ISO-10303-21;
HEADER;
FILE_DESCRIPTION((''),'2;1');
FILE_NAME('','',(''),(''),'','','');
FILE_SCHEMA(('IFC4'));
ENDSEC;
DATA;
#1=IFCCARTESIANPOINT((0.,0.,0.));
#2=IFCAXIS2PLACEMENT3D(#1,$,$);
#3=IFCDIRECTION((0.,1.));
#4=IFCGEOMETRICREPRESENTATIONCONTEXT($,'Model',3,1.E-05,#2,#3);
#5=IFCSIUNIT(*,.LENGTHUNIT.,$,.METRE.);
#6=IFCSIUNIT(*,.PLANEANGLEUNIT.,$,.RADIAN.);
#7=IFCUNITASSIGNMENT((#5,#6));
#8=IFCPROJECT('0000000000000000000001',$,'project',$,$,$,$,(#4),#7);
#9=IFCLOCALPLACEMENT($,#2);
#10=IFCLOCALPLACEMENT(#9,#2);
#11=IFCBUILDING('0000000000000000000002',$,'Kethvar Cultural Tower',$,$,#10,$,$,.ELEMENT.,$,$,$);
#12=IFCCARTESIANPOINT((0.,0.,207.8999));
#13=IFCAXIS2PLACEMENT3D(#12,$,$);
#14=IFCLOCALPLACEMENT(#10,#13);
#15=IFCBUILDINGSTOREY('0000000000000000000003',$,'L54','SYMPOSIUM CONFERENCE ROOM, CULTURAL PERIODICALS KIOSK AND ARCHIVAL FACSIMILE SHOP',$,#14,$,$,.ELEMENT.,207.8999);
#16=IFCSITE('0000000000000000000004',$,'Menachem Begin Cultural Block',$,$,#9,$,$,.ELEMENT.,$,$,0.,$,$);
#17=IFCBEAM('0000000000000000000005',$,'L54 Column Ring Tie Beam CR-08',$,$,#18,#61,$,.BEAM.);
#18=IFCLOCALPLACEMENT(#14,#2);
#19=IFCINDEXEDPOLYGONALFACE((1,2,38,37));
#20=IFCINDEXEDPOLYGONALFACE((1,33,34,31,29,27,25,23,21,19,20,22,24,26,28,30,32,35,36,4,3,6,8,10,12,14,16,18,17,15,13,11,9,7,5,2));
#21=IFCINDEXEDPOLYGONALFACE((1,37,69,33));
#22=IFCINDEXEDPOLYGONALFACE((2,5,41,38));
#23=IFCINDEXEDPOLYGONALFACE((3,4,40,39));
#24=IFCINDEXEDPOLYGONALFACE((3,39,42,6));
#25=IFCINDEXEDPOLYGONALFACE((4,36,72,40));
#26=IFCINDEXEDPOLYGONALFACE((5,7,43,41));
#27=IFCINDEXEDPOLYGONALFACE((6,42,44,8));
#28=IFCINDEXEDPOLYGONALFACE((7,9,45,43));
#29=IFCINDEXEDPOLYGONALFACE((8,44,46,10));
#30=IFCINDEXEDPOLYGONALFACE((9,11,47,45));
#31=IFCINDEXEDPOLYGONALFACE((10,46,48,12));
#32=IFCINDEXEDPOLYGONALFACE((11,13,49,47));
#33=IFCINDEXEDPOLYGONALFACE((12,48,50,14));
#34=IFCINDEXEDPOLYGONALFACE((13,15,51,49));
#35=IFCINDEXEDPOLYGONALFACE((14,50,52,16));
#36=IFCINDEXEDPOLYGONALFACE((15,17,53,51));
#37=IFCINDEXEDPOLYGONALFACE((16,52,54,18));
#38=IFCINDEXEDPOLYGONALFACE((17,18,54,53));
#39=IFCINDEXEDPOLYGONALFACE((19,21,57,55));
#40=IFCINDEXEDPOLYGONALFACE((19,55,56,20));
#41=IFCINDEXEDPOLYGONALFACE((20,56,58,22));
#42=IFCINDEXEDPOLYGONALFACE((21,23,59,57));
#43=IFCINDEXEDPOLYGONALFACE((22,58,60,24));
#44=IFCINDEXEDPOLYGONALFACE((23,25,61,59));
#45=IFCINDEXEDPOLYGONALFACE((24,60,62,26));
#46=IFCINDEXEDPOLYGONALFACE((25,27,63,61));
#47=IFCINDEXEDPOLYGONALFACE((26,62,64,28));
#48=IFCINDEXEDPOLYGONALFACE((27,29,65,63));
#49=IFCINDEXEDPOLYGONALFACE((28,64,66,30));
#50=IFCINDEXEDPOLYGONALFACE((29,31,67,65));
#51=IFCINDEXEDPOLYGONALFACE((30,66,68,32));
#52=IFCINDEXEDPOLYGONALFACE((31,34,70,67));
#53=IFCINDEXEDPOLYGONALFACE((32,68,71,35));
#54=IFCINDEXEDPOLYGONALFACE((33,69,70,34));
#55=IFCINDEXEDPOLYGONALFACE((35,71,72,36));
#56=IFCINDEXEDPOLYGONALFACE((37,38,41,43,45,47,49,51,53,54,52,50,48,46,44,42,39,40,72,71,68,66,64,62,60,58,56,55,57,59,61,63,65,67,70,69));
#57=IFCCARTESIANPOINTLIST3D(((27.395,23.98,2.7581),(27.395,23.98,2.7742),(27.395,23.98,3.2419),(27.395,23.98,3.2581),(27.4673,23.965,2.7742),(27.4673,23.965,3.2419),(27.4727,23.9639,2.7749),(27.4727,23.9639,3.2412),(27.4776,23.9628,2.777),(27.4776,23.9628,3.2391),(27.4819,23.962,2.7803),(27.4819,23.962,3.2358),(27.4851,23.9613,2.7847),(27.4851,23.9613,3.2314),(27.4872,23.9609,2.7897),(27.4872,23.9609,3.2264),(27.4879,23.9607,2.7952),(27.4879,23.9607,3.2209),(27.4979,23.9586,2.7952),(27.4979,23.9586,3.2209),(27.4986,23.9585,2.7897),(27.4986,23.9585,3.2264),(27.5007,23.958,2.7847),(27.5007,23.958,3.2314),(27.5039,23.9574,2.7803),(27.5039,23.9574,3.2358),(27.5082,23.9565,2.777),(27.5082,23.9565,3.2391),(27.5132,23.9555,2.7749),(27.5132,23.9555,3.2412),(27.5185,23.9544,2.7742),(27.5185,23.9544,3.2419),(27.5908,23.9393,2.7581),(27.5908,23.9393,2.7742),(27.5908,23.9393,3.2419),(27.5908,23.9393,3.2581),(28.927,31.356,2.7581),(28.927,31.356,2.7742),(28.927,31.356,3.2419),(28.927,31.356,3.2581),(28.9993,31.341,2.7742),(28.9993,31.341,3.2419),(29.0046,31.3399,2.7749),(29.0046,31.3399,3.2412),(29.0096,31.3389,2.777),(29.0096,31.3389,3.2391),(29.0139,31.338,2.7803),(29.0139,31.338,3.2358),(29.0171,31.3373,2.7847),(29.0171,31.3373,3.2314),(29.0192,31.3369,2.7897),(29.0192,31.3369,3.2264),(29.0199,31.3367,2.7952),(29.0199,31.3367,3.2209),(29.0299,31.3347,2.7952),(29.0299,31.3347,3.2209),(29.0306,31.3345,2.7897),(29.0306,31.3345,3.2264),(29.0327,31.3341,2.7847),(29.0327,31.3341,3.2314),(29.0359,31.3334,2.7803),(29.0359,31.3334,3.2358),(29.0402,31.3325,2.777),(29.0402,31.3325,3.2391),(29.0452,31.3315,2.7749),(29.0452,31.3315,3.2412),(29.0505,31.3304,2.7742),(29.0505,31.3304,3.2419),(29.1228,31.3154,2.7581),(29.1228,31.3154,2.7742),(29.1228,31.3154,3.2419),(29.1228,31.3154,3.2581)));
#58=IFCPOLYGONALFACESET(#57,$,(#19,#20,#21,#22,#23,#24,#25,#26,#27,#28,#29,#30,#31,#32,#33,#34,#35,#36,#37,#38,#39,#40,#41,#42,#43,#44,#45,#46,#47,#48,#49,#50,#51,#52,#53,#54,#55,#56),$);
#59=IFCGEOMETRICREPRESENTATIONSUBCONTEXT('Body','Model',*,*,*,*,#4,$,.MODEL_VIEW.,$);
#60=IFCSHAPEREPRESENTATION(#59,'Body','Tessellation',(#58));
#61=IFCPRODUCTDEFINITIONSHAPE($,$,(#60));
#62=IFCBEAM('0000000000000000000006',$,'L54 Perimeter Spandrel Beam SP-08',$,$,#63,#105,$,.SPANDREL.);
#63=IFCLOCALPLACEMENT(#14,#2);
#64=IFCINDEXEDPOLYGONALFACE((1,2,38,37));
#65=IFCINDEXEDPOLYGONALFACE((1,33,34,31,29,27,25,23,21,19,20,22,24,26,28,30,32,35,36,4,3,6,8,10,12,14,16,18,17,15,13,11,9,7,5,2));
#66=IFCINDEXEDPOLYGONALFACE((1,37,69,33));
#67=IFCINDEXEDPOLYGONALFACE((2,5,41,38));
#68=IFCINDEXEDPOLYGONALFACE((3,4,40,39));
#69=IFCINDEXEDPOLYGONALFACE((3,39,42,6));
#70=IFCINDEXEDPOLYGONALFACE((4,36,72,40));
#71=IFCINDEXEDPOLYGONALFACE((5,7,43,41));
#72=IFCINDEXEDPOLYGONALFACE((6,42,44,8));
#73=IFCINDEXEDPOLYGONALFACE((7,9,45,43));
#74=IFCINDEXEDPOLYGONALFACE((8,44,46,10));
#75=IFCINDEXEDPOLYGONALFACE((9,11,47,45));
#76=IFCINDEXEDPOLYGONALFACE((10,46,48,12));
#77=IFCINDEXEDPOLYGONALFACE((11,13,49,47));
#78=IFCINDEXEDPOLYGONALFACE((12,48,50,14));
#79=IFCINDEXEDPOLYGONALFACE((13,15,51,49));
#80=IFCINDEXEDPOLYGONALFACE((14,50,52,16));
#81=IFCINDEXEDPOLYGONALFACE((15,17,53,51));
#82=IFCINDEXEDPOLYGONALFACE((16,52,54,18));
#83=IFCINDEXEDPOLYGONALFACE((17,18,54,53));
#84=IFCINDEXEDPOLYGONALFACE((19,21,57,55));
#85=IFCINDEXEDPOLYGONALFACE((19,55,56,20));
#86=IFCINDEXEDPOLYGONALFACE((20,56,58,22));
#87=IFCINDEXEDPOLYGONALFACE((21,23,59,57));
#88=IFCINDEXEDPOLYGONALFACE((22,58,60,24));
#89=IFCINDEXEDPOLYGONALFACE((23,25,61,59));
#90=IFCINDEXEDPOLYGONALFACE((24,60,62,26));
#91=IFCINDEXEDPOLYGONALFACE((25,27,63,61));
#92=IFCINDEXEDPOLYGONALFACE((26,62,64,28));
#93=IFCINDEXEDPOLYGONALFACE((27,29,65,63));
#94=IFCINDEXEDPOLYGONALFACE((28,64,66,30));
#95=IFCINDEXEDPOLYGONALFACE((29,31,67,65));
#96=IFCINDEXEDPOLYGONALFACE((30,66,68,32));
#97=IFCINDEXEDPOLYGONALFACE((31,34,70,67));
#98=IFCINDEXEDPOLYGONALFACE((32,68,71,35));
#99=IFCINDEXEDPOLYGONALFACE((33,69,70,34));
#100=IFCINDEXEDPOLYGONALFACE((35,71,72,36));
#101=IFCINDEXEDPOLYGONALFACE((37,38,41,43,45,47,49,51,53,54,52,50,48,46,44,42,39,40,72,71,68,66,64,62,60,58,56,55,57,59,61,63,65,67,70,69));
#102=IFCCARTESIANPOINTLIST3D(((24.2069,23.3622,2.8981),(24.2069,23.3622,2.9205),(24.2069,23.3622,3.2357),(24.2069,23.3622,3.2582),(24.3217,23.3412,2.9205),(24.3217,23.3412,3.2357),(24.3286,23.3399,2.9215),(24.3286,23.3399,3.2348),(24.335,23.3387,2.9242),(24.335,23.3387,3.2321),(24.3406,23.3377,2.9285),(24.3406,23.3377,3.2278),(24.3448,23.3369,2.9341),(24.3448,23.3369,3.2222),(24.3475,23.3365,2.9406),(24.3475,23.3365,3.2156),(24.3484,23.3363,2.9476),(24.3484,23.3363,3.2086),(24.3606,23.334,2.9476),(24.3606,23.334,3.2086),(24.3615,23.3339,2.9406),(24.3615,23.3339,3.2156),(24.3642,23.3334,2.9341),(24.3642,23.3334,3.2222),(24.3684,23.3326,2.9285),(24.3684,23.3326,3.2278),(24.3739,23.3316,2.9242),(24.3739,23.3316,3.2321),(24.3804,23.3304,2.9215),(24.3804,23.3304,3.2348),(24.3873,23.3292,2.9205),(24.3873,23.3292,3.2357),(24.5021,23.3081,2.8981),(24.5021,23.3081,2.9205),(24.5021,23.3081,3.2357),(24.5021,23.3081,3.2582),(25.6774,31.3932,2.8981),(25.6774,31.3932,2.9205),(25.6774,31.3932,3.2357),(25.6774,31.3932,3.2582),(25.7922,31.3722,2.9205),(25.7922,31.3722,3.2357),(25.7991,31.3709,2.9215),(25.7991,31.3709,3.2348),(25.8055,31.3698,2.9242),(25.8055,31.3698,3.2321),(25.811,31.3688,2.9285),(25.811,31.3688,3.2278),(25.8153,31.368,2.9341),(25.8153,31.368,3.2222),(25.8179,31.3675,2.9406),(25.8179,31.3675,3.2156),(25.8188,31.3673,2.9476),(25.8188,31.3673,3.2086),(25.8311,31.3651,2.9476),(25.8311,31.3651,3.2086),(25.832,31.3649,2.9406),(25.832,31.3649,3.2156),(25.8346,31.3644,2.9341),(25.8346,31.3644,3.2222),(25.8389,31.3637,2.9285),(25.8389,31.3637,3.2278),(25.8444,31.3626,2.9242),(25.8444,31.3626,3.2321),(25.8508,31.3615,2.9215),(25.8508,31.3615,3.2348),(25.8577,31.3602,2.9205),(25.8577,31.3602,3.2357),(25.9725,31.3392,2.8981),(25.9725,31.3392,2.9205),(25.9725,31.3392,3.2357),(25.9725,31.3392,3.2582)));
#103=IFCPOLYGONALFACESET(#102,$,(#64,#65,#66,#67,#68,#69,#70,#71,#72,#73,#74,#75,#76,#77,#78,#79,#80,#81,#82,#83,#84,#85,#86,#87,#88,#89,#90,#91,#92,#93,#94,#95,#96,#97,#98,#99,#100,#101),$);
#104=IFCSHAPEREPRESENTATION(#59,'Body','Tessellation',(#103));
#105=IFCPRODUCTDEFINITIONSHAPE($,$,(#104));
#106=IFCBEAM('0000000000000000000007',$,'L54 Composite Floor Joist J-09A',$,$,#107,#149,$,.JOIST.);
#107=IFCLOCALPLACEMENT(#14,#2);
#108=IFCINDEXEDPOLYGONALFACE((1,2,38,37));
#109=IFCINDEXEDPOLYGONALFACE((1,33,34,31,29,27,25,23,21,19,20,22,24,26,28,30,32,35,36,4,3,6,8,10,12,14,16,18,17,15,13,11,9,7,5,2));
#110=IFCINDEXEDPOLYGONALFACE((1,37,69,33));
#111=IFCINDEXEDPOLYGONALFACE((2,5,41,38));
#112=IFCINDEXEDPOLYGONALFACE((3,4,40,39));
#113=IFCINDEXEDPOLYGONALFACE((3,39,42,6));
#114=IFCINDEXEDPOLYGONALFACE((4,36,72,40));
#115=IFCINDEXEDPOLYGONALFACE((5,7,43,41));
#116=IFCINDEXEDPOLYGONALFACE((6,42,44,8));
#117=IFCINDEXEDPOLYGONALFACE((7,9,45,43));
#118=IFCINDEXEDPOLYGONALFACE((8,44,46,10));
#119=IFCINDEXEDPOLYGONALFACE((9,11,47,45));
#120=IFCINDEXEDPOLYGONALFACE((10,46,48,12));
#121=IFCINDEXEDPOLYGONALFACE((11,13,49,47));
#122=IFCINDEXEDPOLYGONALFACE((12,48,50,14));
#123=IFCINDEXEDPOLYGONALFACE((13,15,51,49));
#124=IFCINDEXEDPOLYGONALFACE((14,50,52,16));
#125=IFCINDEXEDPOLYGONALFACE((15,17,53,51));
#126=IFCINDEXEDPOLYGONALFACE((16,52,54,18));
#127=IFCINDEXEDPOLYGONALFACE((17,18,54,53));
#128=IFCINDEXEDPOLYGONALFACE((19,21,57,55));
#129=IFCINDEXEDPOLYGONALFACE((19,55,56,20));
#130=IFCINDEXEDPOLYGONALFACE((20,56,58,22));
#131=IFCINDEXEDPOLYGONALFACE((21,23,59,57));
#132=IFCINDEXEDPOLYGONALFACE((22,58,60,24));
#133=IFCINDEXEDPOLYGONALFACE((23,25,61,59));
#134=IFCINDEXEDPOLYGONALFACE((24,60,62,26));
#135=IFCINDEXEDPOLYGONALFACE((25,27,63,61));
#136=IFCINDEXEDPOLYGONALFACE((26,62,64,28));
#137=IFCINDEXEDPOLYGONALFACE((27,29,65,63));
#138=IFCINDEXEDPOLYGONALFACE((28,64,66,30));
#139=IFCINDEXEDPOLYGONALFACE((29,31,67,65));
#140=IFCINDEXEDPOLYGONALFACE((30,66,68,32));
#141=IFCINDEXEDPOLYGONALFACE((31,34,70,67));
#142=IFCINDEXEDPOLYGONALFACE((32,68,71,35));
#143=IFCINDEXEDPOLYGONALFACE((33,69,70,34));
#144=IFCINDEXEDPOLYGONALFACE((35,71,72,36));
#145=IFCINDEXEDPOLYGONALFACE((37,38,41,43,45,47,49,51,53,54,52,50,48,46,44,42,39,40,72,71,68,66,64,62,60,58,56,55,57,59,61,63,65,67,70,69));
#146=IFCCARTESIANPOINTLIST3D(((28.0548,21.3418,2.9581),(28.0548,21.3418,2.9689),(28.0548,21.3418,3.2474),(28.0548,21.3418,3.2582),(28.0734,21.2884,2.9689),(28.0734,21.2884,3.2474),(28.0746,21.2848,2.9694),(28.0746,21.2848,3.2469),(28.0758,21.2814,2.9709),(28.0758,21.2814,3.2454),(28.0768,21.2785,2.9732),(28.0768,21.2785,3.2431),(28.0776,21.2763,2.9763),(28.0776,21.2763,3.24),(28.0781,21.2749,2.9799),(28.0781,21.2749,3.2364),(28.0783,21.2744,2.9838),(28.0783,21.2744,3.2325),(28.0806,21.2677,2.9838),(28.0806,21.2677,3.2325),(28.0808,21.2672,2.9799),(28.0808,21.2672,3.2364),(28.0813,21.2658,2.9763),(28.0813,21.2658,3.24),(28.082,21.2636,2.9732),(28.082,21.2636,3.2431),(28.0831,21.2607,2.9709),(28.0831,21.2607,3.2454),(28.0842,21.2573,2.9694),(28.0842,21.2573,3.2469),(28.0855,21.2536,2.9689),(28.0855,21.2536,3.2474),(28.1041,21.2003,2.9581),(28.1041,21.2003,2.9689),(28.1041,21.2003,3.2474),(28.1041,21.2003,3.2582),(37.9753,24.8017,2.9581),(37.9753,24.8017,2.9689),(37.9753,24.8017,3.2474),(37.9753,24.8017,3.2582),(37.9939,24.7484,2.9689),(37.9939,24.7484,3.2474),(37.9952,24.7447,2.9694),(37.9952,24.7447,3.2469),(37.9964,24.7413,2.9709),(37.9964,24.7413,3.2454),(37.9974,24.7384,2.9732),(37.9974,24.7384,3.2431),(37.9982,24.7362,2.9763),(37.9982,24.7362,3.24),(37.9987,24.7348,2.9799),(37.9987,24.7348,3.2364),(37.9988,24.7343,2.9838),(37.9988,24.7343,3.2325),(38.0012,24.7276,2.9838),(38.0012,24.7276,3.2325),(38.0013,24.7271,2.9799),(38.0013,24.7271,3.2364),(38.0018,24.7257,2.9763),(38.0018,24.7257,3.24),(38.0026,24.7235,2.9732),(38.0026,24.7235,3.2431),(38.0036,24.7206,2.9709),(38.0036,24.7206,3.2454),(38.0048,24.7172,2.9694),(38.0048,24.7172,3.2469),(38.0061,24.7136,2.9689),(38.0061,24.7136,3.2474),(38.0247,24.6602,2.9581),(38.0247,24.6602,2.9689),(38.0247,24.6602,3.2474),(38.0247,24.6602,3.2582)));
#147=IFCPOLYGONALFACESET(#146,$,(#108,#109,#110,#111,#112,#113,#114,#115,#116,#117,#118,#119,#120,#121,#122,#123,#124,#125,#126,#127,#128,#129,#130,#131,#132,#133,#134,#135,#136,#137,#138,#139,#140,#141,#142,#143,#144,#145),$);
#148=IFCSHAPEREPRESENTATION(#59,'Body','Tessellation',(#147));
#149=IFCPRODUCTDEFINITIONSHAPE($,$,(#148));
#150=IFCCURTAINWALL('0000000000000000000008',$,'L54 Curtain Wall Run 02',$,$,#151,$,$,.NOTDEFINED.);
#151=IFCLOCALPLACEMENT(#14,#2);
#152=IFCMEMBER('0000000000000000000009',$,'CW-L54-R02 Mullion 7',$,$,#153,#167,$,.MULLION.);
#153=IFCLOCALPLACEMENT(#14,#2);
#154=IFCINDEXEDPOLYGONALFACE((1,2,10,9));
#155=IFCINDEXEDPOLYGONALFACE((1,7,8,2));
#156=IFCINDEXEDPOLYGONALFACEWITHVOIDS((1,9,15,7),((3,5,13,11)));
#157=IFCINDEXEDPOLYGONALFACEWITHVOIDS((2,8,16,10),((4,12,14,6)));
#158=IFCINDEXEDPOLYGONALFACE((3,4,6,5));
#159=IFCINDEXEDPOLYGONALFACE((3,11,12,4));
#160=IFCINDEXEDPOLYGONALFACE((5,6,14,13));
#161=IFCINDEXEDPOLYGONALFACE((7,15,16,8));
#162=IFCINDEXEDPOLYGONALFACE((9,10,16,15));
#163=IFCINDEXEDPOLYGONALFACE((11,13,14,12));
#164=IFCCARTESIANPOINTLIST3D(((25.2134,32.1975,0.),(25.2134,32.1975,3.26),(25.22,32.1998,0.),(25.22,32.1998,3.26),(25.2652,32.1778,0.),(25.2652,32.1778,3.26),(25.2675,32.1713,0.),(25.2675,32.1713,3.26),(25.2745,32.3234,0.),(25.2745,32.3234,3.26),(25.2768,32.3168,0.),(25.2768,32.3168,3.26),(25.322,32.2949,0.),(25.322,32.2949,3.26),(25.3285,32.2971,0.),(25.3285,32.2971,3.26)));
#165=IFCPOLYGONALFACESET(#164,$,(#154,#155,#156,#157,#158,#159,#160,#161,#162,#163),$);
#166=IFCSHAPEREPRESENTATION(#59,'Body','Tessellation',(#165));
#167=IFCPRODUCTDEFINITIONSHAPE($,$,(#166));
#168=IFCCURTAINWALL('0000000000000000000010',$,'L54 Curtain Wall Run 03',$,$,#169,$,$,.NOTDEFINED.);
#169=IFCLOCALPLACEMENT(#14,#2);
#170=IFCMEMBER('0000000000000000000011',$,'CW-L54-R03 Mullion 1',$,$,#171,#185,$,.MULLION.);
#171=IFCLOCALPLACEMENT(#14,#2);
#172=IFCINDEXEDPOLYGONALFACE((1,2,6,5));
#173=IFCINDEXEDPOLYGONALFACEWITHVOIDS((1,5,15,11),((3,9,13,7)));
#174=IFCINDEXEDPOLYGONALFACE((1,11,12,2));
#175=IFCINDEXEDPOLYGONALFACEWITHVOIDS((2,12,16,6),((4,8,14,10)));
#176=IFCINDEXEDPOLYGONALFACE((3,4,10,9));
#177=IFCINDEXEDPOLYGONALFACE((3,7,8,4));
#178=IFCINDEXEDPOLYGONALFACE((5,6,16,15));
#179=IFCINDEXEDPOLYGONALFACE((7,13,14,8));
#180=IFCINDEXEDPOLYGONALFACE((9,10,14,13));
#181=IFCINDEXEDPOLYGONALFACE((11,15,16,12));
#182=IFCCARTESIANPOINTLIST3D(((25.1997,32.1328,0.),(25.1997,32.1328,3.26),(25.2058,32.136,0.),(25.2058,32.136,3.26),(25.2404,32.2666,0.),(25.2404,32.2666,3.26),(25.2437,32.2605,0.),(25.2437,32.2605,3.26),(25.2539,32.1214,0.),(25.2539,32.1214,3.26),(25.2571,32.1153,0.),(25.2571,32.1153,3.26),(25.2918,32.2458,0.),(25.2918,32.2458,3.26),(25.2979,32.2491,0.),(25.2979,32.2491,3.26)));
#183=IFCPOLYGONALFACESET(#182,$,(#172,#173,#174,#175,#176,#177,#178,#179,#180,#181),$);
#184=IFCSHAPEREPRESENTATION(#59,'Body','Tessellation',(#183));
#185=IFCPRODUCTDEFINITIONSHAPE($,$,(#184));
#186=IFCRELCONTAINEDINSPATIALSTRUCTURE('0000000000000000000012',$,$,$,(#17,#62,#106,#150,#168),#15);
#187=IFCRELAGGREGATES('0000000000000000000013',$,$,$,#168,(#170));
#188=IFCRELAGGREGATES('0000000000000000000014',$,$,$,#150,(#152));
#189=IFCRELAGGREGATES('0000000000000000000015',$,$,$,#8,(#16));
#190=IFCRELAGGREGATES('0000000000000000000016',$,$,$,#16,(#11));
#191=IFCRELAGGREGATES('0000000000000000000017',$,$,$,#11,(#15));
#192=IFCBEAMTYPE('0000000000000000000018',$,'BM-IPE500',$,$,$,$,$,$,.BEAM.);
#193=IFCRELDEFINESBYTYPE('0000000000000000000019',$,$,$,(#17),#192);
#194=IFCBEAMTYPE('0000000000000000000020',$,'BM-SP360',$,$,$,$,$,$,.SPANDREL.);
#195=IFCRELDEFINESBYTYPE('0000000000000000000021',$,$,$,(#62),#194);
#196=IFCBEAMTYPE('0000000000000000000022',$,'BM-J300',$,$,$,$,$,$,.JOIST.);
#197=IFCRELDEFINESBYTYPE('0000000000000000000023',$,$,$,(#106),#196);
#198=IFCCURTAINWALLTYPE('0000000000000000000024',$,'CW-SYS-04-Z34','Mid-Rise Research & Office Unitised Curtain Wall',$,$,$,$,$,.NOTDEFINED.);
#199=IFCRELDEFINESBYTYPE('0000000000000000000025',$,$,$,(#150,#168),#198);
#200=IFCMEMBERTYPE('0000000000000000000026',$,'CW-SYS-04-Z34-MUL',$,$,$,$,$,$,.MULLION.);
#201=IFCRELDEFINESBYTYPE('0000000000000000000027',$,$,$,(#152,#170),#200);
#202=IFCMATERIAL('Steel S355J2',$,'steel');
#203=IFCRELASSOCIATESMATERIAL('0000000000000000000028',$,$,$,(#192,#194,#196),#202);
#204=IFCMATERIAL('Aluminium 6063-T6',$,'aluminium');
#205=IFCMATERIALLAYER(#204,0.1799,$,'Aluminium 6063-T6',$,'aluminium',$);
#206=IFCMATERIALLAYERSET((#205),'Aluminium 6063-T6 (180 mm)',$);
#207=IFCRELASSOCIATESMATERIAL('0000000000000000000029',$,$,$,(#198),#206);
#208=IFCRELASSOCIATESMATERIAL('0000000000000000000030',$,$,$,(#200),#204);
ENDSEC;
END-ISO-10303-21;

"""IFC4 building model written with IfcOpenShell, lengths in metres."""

from ifc_helpers import new_model, si_unit, direction, frame, origin, origin_2d, place, context, subcontext, project, spatial, hollow_rectangle, i_section, extrude, source, transform, mapped, material, layer, layer_set, material_profile, profile_set, type_object, element, aggregate, save


model = new_model("IFC4")

# Units and contexts
model_context = context("Model", 3, precision=1e-05, world=origin(), true_north=direction((0.0, 1.0)))
body_context = subcontext(model_context, "Body", "Model", "MODEL_VIEW")
ifc_project = project(units=[si_unit("LENGTHUNIT", "METRE"), si_unit("PLANEANGLEUNIT", "RADIAN")], contexts=[model_context])

# Site, building, storey
site_placement = place(None, origin())
site = spatial("IfcSite", under=ifc_project, at=site_placement, Name="Menachem Begin Cultural Block", CompositionType="ELEMENT", RefElevation=0.0)
building_placement = place(site_placement, origin())
building = spatial("IfcBuilding", under=site, at=building_placement, Name="Kethvar Cultural Tower", CompositionType="ELEMENT")
storey_placement = place(building_placement, frame((0.0, 0.0, 207.8999)))
storey = spatial("IfcBuildingStorey", under=building, at=storey_placement, Name="L54", Description="SYMPOSIUM CONFERENCE ROOM, CULTURAL PERIODICALS KIOSK AND ARCHIVAL FACSIMILE SHOP", CompositionType="ELEMENT", Elevation=207.8999)

# Beams
ifc_material_1 = material(Name="Steel S355J2", Category="steel")
ifc_material_profile_1 = material_profile(ifc_material_1, i_section(OverallWidth=0.2, OverallDepth=0.5, WebThickness=0.0103, FlangeThickness=0.0161, FilletRadius=0.021, at=origin_2d()), Name="Steel S355J2 — IPE500")
ifc_profile_set_1 = profile_set([ifc_material_profile_1], Name="Steel S355J2 — IPE500")
beam_type_1 = type_object("IfcBeamType", Name="BM-IPE500", PredefinedType="BEAM", material=ifc_profile_set_1)
shared_shape_1 = source(origin(), body_context, "Body", "SweptSolid", [
    extrude(i_section(OverallWidth=0.2, OverallDepth=0.5, WebThickness=0.0103, FlangeThickness=0.0161, FilletRadius=0.021, at=origin_2d()), origin(), (0.0, 0.0, 1.0), 7.5334),
])
beam_1_placement = place(storey_placement, frame((29.0249, 31.3357, 3.0081), z_axis=(-0.203359, -0.979104, 0.0), x_axis=(0.979104, -0.203359, 0.0)))
element("IfcBeam", 1, at=beam_1_placement, inside=storey, type_object=beam_type_1, Name="L54 Column Ring Tie Beam CR-08", PredefinedType="BEAM", context=body_context, shape_type="MappedRepresentation", body=[
    mapped(shared_shape_1, transform((0.0, 0.0, 0.0), scale=1.0)),
])
ifc_material_profile_2 = material_profile(ifc_material_1, i_section(OverallWidth=0.3, OverallDepth=0.3601, WebThickness=0.0125, FlangeThickness=0.0225, FilletRadius=0.0271, at=origin_2d()), Name="Steel S355J2 — HEB360")
ifc_profile_set_2 = profile_set([ifc_material_profile_2], Name="Steel S355J2 — HEB360")
beam_type_2 = type_object("IfcBeamType", Name="BM-SP360", PredefinedType="SPANDREL", material=ifc_profile_set_2)
shared_shape_2 = source(origin(), body_context, "Body", "SweptSolid", [
    extrude(i_section(OverallWidth=0.3, OverallDepth=0.3601, WebThickness=0.0125, FlangeThickness=0.0225, FilletRadius=0.0271, at=origin_2d()), origin(), (0.0, 0.0, 1.0), 8.1646),
])
beam_2_placement = place(storey_placement, frame((25.825, 31.3662, 3.0781), z_axis=(-0.180104, -0.983648, 0.0), x_axis=(0.983648, -0.180104, 0.0)))
element("IfcBeam", 2, at=beam_2_placement, inside=storey, type_object=beam_type_2, Name="L54 Perimeter Spandrel Beam SP-08", PredefinedType="SPANDREL", context=body_context, shape_type="MappedRepresentation", body=[
    mapped(shared_shape_2, transform((0.0, 0.0, 0.0), scale=1.0)),
])
ifc_material_profile_3 = material_profile(ifc_material_1, i_section(OverallWidth=0.1499, OverallDepth=0.3, WebThickness=0.0071, FlangeThickness=0.0107, FilletRadius=0.0149, at=origin_2d()), Name="Steel S355J2 — IPE300")
ifc_profile_set_3 = profile_set([ifc_material_profile_3], Name="Steel S355J2 — IPE300")
beam_type_3 = type_object("IfcBeamType", Name="BM-J300", PredefinedType="JOIST", material=ifc_profile_set_3)
shared_shape_3 = source(origin(), body_context, "Body", "SweptSolid", [
    extrude(i_section(OverallWidth=0.1499, OverallDepth=0.3, WebThickness=0.0071, FlangeThickness=0.0107, FilletRadius=0.0149, at=origin_2d()), origin(), (0.0, 0.0, 1.0), 10.5066),
])
beam_3_placement = place(storey_placement, frame((38.0, 24.731, 3.1082), z_axis=(-0.944222, -0.32931, 0.0), x_axis=(0.32931, -0.944222, 0.0)))
element("IfcBeam", 3, at=beam_3_placement, inside=storey, type_object=beam_type_3, Name="L54 Composite Floor Joist J-09A", PredefinedType="JOIST", context=body_context, shape_type="MappedRepresentation", body=[
    mapped(shared_shape_3, transform((0.0, 0.0, 0.0), scale=1.0)),
])

# Curtain wall, member
ifc_material_2 = material(Name="Aluminium 6063-T6", Category="aluminium")
ifc_layer_1 = layer(ifc_material_2, 0.1799, Name="Aluminium 6063-T6", Category="aluminium")
ifc_layer_set_1 = layer_set([ifc_layer_1], Name="Aluminium 6063-T6 (180 mm)")
curtain_wall_type = type_object("IfcCurtainWallType", Name="CW-SYS-04-Z34", Description="Mid-Rise Research & Office Unitised Curtain Wall", PredefinedType="NOTDEFINED", material=ifc_layer_set_1)
curtain_wall_1_placement = place(storey_placement, origin())
curtain_wall_1 = element("IfcCurtainWall", 4, at=curtain_wall_1_placement, inside=storey, type_object=curtain_wall_type, Name="L54 Curtain Wall Run 02", PredefinedType="NOTDEFINED")
ifc_material_profile_4 = material_profile(ifc_material_2, hollow_rectangle(XDim=0.0601, YDim=0.1399, WallThickness=0.0049, at=origin_2d()), Name="Aluminium 6063-T6 — RHS140x60x5")
ifc_profile_set_4 = profile_set([ifc_material_profile_4], Name="Aluminium 6063-T6 — RHS140x60x5")
member_type_1 = type_object("IfcMemberType", Name="CW-SYS-04-Z34-MUL", PredefinedType="MULLION", material=ifc_profile_set_4)
shared_shape_4 = source(origin(), body_context, "Body", "SweptSolid", [
    extrude(hollow_rectangle(XDim=0.0601, YDim=0.1399, WallThickness=0.0049, at=origin_2d()), origin(), (0.0, 0.0, 1.0), 3.26),
])
member_1_placement = place(storey_placement, frame((25.271, 32.2473, 0.0), z_axis=(0.0, 0.0, 1.0), x_axis=(0.899718, -0.436472, 0.0)))
member_1 = element("IfcMember", 5, at=member_1_placement, type_object=member_type_1, Name="CW-L54-R02 Mullion 7", PredefinedType="MULLION", context=body_context, shape_type="MappedRepresentation", body=[
    mapped(shared_shape_4, transform((0.0, 0.0, 0.0), scale=1.0)),
])

# Curtain wall, member
curtain_wall_2_placement = place(storey_placement, origin())
curtain_wall_2 = element("IfcCurtainWall", 6, at=curtain_wall_2_placement, inside=storey, type_object=curtain_wall_type, Name="L54 Curtain Wall Run 03", PredefinedType="NOTDEFINED")
member_2_placement = place(storey_placement, frame((25.2488, 32.1909, 0.0), z_axis=(0.0, 0.0, 1.0), x_axis=(0.956585, -0.291454, 0.0)))
member_2 = element("IfcMember", 7, at=member_2_placement, type_object=member_type_1, Name="CW-L54-R03 Mullion 1", PredefinedType="MULLION", context=body_context, shape_type="MappedRepresentation", body=[
    mapped(shared_shape_4, transform((0.0, 0.0, 0.0), scale=1.0)),
])
aggregate(curtain_wall_2, [member_2])

aggregate(curtain_wall_1, [member_1])

save(model, "model.ifc")
